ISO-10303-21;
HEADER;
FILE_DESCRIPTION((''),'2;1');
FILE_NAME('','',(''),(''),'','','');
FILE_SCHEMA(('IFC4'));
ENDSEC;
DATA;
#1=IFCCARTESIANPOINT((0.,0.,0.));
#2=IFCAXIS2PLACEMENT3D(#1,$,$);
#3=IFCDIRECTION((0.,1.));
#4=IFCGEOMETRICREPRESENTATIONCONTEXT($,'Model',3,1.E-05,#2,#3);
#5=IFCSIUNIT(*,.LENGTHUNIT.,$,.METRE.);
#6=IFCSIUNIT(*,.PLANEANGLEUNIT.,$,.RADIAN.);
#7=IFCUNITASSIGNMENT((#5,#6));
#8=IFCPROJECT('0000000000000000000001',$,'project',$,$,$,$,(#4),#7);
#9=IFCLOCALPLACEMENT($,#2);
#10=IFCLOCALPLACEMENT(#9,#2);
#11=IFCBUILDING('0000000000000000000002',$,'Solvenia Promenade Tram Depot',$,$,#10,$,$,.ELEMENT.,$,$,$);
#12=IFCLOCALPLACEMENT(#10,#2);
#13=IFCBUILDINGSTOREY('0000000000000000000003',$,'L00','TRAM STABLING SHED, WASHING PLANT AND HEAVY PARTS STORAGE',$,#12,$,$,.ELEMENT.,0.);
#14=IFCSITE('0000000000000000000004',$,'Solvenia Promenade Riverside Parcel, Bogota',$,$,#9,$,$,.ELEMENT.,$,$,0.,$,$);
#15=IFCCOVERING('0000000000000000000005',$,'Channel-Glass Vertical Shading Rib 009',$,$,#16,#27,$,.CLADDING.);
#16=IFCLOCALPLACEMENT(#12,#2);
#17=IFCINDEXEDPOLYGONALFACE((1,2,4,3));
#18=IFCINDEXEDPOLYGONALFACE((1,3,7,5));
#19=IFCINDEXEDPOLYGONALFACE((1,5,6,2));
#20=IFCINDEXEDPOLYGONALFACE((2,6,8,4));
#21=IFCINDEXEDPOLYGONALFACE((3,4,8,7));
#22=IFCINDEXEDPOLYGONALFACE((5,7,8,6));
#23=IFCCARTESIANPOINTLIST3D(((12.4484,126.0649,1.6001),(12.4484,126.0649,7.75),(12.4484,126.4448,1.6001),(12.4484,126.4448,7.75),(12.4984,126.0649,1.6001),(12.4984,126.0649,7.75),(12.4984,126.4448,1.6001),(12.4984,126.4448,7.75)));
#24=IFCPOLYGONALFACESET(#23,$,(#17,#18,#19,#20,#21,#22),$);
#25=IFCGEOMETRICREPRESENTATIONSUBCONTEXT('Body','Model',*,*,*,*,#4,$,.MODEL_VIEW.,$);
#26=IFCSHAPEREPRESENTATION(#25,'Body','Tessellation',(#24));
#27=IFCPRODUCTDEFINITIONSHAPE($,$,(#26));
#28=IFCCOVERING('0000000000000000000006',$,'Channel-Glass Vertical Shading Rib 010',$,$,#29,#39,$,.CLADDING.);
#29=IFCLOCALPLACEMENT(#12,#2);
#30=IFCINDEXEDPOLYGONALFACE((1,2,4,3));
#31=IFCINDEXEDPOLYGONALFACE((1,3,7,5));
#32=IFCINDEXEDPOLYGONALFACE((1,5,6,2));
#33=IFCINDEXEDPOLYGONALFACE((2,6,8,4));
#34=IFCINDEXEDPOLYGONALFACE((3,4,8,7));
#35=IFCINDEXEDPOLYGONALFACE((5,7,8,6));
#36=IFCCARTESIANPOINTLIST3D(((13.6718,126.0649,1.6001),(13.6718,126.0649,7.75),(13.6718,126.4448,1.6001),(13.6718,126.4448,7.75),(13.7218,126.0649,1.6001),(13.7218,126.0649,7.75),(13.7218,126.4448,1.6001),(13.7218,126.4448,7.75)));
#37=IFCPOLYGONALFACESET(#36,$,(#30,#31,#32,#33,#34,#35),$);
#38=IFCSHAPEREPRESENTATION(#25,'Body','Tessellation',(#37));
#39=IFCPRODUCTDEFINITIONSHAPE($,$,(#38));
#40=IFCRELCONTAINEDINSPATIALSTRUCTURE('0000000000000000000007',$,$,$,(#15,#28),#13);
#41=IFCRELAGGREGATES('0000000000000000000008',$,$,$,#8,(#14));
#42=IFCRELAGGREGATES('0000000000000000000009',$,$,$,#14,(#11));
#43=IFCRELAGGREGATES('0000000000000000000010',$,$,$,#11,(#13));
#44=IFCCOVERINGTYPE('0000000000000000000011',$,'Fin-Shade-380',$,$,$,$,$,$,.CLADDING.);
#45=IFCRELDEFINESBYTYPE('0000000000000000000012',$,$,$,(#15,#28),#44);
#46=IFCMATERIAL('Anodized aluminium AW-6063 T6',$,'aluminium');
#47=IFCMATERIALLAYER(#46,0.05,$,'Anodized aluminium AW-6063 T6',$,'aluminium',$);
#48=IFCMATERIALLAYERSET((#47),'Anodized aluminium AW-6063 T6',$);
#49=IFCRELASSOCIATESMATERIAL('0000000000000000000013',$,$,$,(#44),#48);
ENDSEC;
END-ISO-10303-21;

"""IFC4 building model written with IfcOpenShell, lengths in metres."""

from ifc_helpers import new_model, si_unit, direction, frame, origin, origin_2d, place, context, subcontext, project, spatial, rectangle, extrude, material, layer, layer_set, type_object, element, save


model = new_model("IFC4")

# Units and contexts
model_context = context("Model", 3, precision=1e-05, world=origin(), true_north=direction((0.0, 1.0)))
body_context = subcontext(model_context, "Body", "Model", "MODEL_VIEW")
ifc_project = project(units=[si_unit("LENGTHUNIT", "METRE"), si_unit("PLANEANGLEUNIT", "RADIAN")], contexts=[model_context])

# Site, building, storey
site_placement = place(None, origin())
site = spatial("IfcSite", under=ifc_project, at=site_placement, Name="Solvenia Promenade Riverside Parcel, Bogota", CompositionType="ELEMENT", RefElevation=0.0)
building_placement = place(site_placement, origin())
building = spatial("IfcBuilding", under=site, at=building_placement, Name="Solvenia Promenade Tram Depot", CompositionType="ELEMENT")
storey_placement = place(building_placement, origin())
storey = spatial("IfcBuildingStorey", under=building, at=storey_placement, Name="L00", Description="TRAM STABLING SHED, WASHING PLANT AND HEAVY PARTS STORAGE", CompositionType="ELEMENT", Elevation=0.0)

# Shared definitions
ifc_material_1 = material(Name="Anodized aluminium AW-6063 T6", Category="aluminium")

# Coverings
ifc_layer_1 = layer(ifc_material_1, 0.05, Name="Anodized aluminium AW-6063 T6", Category="aluminium")
ifc_layer_set_1 = layer_set([ifc_layer_1], Name="Anodized aluminium AW-6063 T6")
covering_type = type_object("IfcCoveringType", Name="Fin-Shade-380", PredefinedType="CLADDING", material=ifc_layer_set_1)
for number, where, z_axis, x_axis, name in (
    (1, (12.4734, 126.2549, 1.6001), (0.0, 0.0, 1.0), (1.0, 0.0, 0.0), "Channel-Glass Vertical Shading Rib 009"),
    (2, (13.6968, 126.2549, 1.6001), (0.0, 0.0, 1.0), (1.0, 0.0, 0.0), "Channel-Glass Vertical Shading Rib 010"),
):
    element("IfcCovering", number, at=place(storey_placement, frame(where, z_axis=z_axis, x_axis=x_axis)), inside=storey, type_object=covering_type, Name=name, PredefinedType="CLADDING", context=body_context, shape_type="SweptSolid", body=[
        extrude(rectangle(XDim=0.05, YDim=0.3799, at=origin_2d()), origin(), (0.0, 0.0, 1.0), 6.1499),
    ])

save(model, "model.ifc")
